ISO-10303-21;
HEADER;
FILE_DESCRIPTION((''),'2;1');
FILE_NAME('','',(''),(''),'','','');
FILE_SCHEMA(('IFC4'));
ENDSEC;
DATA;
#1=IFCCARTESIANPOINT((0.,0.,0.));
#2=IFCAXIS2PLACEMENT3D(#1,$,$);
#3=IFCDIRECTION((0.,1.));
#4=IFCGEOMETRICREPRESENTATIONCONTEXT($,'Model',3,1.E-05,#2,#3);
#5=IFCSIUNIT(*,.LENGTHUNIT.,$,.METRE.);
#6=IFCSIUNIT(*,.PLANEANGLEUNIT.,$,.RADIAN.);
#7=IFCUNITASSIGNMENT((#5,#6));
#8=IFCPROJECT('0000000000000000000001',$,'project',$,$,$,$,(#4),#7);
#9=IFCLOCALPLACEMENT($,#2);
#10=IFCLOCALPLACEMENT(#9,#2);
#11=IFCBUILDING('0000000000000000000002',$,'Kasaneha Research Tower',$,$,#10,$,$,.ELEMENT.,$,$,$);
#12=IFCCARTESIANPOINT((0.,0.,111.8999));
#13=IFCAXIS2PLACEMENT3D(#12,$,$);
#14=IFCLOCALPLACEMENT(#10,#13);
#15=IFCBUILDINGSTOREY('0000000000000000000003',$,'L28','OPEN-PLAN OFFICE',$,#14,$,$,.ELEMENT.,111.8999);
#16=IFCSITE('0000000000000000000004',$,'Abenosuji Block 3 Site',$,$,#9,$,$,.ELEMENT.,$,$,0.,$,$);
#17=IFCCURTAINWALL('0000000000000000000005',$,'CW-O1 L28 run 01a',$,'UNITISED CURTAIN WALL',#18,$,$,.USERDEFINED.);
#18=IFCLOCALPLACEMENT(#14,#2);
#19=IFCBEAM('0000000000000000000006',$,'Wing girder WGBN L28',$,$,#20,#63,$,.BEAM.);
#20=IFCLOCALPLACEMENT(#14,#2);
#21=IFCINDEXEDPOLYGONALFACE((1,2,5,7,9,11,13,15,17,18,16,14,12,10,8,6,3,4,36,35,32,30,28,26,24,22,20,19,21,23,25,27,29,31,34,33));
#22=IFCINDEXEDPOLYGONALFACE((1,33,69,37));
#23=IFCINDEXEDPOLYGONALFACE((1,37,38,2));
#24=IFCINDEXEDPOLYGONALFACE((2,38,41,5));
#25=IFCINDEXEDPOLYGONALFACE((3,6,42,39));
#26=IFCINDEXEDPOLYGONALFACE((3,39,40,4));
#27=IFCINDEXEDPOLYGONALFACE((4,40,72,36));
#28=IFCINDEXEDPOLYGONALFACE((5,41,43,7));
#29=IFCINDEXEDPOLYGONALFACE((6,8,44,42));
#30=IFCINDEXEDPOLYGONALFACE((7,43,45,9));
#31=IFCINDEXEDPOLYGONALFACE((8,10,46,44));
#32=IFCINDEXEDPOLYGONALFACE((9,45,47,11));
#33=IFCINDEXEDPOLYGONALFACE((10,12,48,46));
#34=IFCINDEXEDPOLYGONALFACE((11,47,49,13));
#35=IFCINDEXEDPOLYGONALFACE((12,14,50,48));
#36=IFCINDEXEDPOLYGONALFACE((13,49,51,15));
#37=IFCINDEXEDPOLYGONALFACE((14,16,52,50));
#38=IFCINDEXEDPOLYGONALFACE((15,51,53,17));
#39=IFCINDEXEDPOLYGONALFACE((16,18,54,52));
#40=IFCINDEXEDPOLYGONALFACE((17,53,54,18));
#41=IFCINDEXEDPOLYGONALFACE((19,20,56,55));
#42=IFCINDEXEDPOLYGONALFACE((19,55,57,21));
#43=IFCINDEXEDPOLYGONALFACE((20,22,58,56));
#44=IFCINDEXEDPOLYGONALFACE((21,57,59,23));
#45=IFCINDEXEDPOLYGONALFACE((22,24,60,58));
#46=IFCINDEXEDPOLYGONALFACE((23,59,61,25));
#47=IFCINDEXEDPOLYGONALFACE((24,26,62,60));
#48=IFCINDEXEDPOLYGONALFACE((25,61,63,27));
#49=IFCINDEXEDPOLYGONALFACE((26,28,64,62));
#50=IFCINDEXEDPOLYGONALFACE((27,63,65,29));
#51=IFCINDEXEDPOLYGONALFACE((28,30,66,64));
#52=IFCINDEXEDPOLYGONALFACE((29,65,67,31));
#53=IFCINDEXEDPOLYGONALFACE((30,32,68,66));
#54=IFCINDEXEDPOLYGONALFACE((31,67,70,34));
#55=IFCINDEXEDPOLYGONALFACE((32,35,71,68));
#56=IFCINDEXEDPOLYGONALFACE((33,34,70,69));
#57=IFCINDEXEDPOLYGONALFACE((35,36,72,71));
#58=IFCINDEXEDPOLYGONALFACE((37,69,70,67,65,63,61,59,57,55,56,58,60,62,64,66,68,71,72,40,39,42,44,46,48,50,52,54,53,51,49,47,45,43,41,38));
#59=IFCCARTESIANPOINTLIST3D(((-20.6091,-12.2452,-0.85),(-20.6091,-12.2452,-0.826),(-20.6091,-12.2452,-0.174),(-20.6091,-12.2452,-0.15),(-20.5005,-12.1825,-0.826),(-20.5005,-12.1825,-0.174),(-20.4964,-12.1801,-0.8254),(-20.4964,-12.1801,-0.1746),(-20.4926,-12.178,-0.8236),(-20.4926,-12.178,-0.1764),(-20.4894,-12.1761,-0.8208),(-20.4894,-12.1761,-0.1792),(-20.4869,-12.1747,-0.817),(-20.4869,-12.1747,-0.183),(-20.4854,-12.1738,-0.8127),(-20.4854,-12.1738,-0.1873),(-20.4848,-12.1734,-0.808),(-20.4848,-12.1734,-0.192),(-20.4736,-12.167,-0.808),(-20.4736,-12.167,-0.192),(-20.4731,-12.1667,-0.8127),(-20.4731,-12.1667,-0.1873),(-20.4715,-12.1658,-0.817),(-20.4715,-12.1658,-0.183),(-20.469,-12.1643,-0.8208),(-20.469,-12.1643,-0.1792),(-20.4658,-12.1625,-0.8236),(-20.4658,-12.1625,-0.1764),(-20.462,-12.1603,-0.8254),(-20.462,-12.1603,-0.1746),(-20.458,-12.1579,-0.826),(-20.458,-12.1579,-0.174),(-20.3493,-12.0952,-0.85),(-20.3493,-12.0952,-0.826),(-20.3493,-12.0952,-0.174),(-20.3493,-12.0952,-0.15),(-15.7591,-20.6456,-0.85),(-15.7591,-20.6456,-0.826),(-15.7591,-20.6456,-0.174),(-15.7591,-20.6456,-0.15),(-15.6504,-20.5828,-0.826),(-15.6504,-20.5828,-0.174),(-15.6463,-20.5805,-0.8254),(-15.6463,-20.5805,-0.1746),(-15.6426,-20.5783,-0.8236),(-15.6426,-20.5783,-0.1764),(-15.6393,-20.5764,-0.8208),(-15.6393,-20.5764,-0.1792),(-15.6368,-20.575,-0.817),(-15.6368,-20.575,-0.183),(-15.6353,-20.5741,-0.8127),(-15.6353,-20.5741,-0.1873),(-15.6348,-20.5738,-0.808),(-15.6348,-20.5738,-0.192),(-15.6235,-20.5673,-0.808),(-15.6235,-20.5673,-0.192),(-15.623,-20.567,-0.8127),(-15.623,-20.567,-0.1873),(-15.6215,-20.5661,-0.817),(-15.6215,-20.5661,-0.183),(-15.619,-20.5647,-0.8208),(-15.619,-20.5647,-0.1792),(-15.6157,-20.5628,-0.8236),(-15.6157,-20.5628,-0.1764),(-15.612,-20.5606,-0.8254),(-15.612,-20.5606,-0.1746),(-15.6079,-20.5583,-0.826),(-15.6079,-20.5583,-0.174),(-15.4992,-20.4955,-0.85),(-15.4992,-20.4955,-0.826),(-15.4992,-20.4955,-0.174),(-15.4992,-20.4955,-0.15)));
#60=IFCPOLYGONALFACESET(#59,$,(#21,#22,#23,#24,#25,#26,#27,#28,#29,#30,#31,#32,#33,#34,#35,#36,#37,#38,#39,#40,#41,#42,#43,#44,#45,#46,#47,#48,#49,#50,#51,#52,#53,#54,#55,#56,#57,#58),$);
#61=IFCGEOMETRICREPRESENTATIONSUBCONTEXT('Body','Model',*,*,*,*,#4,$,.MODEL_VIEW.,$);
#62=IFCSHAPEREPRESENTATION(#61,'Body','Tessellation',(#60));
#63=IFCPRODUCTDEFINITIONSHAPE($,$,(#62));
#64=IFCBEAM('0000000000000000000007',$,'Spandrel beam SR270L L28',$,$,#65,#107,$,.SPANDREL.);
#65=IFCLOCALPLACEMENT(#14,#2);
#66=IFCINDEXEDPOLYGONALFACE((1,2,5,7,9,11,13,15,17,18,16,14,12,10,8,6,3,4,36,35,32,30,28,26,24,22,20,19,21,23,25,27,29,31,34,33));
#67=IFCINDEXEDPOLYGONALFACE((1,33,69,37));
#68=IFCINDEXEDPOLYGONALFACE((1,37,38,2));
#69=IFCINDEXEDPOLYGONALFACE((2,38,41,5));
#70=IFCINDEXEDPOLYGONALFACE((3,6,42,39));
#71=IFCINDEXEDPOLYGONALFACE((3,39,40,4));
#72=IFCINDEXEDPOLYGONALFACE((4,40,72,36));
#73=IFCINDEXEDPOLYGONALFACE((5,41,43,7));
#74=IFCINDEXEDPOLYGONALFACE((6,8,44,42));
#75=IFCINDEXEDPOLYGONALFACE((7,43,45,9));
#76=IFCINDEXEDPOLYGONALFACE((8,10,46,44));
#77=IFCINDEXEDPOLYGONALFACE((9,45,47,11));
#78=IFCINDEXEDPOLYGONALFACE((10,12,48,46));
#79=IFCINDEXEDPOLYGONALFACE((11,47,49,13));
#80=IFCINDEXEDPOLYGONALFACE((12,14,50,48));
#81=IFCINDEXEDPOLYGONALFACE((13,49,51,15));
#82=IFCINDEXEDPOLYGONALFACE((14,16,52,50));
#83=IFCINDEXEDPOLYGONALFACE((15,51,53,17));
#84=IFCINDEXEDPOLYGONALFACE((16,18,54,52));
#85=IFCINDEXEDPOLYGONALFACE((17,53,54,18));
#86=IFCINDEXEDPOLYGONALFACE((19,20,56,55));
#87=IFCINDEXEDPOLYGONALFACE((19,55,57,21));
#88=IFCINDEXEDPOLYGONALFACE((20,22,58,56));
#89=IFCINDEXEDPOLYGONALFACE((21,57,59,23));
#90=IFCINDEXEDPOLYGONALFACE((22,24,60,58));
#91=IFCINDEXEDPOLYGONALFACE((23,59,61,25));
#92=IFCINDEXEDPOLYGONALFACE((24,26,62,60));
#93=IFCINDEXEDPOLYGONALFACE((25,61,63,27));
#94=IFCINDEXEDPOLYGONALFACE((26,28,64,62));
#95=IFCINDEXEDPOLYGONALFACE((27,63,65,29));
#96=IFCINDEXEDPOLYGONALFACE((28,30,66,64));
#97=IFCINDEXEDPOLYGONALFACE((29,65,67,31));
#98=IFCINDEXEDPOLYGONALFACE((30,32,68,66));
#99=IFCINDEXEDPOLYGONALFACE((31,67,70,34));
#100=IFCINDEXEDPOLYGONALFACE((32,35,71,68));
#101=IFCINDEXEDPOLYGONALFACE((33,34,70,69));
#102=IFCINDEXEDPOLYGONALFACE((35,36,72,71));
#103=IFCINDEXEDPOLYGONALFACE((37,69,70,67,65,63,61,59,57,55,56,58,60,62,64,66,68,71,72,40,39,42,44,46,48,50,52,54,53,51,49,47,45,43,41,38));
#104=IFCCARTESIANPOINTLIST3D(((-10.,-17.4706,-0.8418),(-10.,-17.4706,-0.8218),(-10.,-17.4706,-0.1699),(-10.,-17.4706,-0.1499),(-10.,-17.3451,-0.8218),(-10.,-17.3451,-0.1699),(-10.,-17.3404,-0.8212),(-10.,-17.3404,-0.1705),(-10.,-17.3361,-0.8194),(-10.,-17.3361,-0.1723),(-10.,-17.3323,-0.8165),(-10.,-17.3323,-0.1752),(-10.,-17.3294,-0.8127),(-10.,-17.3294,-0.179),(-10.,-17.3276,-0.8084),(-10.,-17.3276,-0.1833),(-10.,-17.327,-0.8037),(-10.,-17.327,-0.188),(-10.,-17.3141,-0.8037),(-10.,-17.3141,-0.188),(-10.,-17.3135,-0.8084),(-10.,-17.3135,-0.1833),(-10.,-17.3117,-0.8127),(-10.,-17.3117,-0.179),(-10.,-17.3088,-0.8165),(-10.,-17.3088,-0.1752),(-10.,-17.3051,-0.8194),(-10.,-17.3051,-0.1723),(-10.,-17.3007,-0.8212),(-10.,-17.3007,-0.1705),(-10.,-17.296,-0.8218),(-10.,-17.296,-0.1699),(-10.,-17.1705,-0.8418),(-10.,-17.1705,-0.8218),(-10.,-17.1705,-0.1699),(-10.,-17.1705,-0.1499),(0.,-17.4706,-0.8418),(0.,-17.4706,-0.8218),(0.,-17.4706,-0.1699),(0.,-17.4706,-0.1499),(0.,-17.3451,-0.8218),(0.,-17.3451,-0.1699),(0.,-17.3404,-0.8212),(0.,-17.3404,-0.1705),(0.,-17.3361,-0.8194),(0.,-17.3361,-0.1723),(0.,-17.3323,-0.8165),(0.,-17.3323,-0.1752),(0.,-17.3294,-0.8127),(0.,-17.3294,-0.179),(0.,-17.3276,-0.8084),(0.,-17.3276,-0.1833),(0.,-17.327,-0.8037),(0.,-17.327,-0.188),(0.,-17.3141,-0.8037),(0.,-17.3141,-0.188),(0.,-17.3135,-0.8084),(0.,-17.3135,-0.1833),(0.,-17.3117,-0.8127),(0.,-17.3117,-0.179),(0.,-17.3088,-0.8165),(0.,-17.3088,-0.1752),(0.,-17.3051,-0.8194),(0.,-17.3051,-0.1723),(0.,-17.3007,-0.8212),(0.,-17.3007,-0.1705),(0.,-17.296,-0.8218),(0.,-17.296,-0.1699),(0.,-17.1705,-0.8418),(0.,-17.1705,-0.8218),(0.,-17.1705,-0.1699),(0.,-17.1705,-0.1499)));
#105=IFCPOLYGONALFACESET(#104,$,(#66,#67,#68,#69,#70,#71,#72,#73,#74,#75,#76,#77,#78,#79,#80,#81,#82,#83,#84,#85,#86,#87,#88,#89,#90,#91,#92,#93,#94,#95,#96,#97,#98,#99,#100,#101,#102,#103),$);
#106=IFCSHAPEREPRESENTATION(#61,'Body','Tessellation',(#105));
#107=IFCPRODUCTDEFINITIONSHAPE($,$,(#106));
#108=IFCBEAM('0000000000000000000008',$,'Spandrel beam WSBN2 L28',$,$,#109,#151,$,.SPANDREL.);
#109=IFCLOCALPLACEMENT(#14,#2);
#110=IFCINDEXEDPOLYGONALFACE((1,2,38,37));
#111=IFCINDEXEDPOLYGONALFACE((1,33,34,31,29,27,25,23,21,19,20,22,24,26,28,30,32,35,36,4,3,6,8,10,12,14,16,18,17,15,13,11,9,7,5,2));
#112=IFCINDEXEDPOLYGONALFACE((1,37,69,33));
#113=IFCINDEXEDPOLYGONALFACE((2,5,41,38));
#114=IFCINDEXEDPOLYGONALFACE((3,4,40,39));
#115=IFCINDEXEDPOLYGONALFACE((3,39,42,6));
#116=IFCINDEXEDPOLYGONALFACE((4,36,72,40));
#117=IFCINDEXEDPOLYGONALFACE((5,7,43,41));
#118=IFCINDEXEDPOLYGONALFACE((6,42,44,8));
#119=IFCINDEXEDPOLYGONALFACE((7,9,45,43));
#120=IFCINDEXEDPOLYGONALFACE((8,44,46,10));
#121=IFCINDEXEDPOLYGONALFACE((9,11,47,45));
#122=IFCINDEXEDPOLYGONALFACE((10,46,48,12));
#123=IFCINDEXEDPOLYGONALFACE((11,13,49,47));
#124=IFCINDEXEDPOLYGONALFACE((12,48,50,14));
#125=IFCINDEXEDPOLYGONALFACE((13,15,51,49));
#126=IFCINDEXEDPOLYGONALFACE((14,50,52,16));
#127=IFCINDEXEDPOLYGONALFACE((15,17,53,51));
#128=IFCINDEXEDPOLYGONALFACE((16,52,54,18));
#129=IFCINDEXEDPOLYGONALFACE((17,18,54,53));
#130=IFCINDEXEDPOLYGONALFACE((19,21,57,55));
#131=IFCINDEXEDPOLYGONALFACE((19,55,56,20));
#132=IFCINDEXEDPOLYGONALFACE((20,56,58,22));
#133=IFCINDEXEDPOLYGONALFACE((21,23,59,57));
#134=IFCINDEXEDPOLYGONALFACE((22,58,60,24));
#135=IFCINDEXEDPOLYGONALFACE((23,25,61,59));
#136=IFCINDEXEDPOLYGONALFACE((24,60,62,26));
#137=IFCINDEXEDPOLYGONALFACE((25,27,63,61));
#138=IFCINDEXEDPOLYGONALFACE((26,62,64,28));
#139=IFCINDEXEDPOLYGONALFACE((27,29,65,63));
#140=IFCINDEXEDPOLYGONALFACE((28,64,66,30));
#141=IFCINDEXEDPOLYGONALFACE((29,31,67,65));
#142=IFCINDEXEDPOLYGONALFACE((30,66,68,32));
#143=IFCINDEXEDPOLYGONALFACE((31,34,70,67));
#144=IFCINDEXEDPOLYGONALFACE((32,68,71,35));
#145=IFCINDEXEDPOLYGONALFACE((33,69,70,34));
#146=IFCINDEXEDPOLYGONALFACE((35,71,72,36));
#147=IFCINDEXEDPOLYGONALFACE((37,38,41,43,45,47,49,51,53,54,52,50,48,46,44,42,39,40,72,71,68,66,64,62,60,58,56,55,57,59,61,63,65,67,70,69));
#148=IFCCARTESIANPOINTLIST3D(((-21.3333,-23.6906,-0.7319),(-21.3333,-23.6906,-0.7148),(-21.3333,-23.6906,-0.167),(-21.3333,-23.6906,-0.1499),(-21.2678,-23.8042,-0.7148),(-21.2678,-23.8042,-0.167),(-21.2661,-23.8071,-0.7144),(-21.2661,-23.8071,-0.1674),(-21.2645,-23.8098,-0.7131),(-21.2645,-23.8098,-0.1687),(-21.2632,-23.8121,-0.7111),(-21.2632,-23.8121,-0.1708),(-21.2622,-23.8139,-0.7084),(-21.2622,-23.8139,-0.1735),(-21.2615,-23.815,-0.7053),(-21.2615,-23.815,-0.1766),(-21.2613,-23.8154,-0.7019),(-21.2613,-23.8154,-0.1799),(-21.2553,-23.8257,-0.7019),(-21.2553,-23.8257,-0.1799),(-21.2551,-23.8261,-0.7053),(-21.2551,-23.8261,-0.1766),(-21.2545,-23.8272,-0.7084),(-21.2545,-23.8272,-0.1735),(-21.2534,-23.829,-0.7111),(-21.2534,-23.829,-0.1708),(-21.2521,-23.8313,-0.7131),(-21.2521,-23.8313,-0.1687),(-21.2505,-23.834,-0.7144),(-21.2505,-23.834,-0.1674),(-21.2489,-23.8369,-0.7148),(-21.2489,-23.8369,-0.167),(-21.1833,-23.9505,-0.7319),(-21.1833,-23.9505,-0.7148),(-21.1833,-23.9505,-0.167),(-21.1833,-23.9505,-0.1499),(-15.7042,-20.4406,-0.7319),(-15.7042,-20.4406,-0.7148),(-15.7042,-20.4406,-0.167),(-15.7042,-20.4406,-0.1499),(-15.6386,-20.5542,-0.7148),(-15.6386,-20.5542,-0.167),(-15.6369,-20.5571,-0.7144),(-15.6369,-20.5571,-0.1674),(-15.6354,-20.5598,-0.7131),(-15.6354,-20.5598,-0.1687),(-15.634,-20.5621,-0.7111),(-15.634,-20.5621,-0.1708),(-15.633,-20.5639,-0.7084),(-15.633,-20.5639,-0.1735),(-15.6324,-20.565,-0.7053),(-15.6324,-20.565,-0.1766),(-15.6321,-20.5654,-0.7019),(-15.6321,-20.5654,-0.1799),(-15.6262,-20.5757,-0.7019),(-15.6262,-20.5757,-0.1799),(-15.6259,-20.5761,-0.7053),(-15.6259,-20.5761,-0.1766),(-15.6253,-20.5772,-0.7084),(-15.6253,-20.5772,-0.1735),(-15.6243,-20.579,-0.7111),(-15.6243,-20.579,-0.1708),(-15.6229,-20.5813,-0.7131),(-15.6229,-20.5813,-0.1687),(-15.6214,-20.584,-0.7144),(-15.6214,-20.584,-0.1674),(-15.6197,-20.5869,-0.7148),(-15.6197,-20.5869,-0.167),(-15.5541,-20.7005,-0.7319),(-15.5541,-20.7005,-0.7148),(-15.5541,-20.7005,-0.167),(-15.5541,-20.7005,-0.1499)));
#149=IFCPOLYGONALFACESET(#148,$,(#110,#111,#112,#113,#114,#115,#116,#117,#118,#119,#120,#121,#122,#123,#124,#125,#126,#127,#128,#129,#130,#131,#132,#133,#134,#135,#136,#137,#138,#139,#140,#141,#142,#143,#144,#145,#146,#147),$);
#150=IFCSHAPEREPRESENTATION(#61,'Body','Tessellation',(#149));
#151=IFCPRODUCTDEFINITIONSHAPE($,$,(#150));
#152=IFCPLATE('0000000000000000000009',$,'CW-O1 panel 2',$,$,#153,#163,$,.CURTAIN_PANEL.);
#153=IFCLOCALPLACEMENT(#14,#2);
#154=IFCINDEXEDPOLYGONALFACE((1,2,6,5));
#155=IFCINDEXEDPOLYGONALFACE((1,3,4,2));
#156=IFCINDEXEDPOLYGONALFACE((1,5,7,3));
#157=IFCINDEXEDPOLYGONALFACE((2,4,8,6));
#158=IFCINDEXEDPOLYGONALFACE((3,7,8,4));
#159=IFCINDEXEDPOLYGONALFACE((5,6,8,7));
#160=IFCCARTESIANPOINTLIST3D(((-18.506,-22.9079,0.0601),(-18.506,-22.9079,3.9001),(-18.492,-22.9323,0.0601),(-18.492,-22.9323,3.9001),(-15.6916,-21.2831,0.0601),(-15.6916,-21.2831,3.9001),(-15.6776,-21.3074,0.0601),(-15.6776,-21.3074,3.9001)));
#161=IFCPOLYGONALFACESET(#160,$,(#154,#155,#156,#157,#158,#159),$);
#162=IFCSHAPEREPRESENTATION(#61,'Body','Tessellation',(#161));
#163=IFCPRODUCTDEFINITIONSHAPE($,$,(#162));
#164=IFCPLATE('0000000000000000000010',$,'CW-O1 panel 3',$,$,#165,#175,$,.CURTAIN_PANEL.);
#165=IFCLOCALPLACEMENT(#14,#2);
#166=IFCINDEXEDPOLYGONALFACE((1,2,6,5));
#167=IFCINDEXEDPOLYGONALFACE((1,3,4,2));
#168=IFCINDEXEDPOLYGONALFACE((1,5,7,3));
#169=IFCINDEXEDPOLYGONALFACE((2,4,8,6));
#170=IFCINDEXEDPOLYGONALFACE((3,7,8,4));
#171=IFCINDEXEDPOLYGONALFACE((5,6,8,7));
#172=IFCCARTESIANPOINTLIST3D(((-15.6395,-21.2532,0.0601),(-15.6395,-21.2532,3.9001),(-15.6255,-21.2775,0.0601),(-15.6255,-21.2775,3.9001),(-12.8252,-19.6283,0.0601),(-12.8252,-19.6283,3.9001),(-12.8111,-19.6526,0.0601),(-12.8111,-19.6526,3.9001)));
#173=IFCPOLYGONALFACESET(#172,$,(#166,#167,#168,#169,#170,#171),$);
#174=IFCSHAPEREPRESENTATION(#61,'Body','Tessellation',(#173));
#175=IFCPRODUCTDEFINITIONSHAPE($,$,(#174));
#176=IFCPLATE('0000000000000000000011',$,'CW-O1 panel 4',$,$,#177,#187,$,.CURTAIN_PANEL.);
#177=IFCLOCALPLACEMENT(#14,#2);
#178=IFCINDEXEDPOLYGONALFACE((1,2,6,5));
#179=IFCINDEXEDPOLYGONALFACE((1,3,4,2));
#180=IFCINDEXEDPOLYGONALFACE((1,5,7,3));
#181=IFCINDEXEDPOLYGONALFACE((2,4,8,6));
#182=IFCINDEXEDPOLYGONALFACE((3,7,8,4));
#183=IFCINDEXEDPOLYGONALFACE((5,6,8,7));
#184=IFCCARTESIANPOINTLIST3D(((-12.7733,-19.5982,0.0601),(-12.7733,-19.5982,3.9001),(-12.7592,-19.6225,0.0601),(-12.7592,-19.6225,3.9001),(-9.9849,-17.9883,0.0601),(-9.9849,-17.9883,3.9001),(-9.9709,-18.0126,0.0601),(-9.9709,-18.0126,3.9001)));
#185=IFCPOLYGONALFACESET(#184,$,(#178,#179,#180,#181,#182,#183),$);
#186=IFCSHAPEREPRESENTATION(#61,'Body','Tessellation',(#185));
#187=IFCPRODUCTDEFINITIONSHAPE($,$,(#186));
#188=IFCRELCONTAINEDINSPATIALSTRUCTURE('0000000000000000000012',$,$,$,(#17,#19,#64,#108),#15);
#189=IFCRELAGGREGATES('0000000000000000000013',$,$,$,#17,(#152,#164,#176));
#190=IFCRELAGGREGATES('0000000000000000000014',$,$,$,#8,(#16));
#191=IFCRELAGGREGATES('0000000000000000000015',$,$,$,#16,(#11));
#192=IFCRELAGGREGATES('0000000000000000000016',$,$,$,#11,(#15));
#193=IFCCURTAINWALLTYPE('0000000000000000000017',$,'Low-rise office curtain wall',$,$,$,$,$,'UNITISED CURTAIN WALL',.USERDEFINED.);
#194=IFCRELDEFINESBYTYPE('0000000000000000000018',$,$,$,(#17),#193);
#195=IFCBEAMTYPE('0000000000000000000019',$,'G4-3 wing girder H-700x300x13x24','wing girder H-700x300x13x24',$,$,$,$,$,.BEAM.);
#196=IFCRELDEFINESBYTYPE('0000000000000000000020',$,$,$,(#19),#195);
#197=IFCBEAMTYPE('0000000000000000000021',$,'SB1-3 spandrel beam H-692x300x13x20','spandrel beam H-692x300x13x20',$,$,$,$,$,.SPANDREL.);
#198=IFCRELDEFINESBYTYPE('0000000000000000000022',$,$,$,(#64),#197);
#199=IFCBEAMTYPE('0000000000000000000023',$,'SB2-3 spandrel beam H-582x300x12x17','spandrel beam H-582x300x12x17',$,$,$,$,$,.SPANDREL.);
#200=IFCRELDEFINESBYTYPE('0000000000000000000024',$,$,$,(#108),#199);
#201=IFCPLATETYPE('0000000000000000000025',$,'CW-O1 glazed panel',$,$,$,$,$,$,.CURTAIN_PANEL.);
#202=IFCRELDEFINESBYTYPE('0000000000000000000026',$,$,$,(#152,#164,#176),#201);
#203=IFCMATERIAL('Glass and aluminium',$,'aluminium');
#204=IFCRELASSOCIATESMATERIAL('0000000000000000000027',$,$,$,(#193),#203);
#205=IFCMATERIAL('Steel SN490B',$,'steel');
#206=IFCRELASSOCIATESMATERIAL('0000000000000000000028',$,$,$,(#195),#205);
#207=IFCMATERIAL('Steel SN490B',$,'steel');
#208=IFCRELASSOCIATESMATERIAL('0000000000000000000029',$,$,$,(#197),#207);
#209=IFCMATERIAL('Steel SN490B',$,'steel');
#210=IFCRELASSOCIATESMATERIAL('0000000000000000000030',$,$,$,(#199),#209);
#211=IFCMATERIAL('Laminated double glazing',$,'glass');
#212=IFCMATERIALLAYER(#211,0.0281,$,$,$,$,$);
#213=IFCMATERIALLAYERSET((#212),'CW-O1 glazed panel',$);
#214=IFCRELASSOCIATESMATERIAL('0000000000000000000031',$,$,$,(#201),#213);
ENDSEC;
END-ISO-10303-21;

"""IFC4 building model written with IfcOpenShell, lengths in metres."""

from ifc_helpers import new_model, si_unit, direction, frame, origin, origin_2d, place, context, subcontext, project, spatial, rectangle, i_section, extrude, material, layer, layer_set, material_profile, profile_set, type_object, element, aggregate, save


model = new_model("IFC4")

# Units and contexts
model_context = context("Model", 3, precision=1e-05, world=origin(), true_north=direction((0.0, 1.0)))
body_context = subcontext(model_context, "Body", "Model", "MODEL_VIEW")
ifc_project = project(units=[si_unit("LENGTHUNIT", "METRE"), si_unit("PLANEANGLEUNIT", "RADIAN")], contexts=[model_context])

# Site, building, storey
site_placement = place(None, origin())
site = spatial("IfcSite", under=ifc_project, at=site_placement, Name="Abenosuji Block 3 Site", CompositionType="ELEMENT", RefElevation=0.0)
building_placement = place(site_placement, origin())
building = spatial("IfcBuilding", under=site, at=building_placement, Name="Kasaneha Research Tower", CompositionType="ELEMENT")
storey_placement = place(building_placement, frame((0.0, 0.0, 111.8999)))
storey = spatial("IfcBuildingStorey", under=building, at=storey_placement, Name="L28", Description="OPEN-PLAN OFFICE", CompositionType="ELEMENT", Elevation=111.8999)

# Curtain wall
ifc_material_1 = material(Name="Glass and aluminium", Category="aluminium")
curtain_wall_type = type_object("IfcCurtainWallType", Name="Low-rise office curtain wall", ElementType="UNITISED CURTAIN WALL", PredefinedType="USERDEFINED", material=ifc_material_1)
curtain_wall_1_placement = place(storey_placement, origin())
curtain_wall_1 = element("IfcCurtainWall", 1, at=curtain_wall_1_placement, inside=storey, type_object=curtain_wall_type, Name="CW-O1 L28 run 01a", ObjectType="UNITISED CURTAIN WALL", PredefinedType="USERDEFINED")

# Beams
ifc_material_2 = material(Name="Steel SN490B", Category="steel")
ifc_material_profile_1 = material_profile(ifc_material_2, i_section(OverallWidth=0.3, OverallDepth=0.7, WebThickness=0.0129, FlangeThickness=0.0239, FilletRadius=0.0181, at=origin_2d()), Name="H-700x300x13x24")
ifc_profile_set_1 = profile_set([ifc_material_profile_1], Name="Steel SN490B")
beam_type_1 = type_object("IfcBeamType", Name="G4-3 wing girder H-700x300x13x24", Description="wing girder H-700x300x13x24", PredefinedType="BEAM", material=ifc_profile_set_1)
beam_1_placement = place(storey_placement, frame((-15.6292, -20.5706, -0.5), z_axis=(-0.50001, 0.86602, 0.0), x_axis=(-0.86602, -0.50001, 0.0)))
element("IfcBeam", 2, at=beam_1_placement, inside=storey, type_object=beam_type_1, Name="Wing girder WGBN L28", PredefinedType="BEAM", context=body_context, shape_type="SweptSolid", body=[
    extrude(i_section(OverallWidth=0.3, OverallDepth=0.7, WebThickness=0.0129, FlangeThickness=0.0239, FilletRadius=0.0181, at=origin_2d()), origin(), (0.0, 0.0, 1.0), 9.7),
])
ifc_material_3 = material(Name="Steel SN490B", Category="steel")
ifc_material_profile_2 = material_profile(ifc_material_3, i_section(OverallWidth=0.3, OverallDepth=0.6919, WebThickness=0.0129, FlangeThickness=0.02, FilletRadius=0.0181, at=origin_2d()), Name="H-692x300x13x20")
ifc_profile_set_2 = profile_set([ifc_material_profile_2], Name="Steel SN490B")
beam_type_2 = type_object("IfcBeamType", Name="SB1-3 spandrel beam H-692x300x13x20", Description="spandrel beam H-692x300x13x20", PredefinedType="SPANDREL", material=ifc_profile_set_2)
beam_2_placement = place(storey_placement, frame((-10.0, -17.3206, -0.4958), z_axis=(1.0, 0.0, 0.0), x_axis=(0.0, 1.0, 0.0)))
element("IfcBeam", 3, at=beam_2_placement, inside=storey, type_object=beam_type_2, Name="Spandrel beam SR270L L28", PredefinedType="SPANDREL", context=body_context, shape_type="SweptSolid", body=[
    extrude(i_section(OverallWidth=0.3, OverallDepth=0.6919, WebThickness=0.0129, FlangeThickness=0.02, FilletRadius=0.0181, at=origin_2d()), origin(), (0.0, 0.0, 1.0), 10.0),
])
ifc_material_4 = material(Name="Steel SN490B", Category="steel")
ifc_material_profile_3 = material_profile(ifc_material_4, i_section(OverallWidth=0.3, OverallDepth=0.582, WebThickness=0.012, FlangeThickness=0.0171, FilletRadius=0.0129, at=origin_2d()), Name="H-582x300x12x17")
ifc_profile_set_3 = profile_set([ifc_material_profile_3], Name="Steel SN490B")
beam_type_3 = type_object("IfcBeamType", Name="SB2-3 spandrel beam H-582x300x12x17", Description="spandrel beam H-582x300x12x17", PredefinedType="SPANDREL", material=ifc_profile_set_3)
beam_3_placement = place(storey_placement, frame((-15.6292, -20.5706, -0.4409), z_axis=(-0.866025, -0.500001, 0.0), x_axis=(0.500001, -0.866025, 0.0)))
element("IfcBeam", 4, at=beam_3_placement, inside=storey, type_object=beam_type_3, Name="Spandrel beam WSBN2 L28", PredefinedType="SPANDREL", context=body_context, shape_type="SweptSolid", body=[
    extrude(i_section(OverallWidth=0.3, OverallDepth=0.582, WebThickness=0.012, FlangeThickness=0.0171, FilletRadius=0.0129, at=origin_2d()), origin(), (0.0, 0.0, 1.0), 6.5),
])

# Plates
ifc_material_5 = material(Name="Laminated double glazing", Category="glass")
ifc_layer_1 = layer(ifc_material_5, 0.0281)
ifc_layer_set_1 = layer_set([ifc_layer_1], Name="CW-O1 glazed panel")
plate_type = type_object("IfcPlateType", Name="CW-O1 glazed panel", PredefinedType="CURTAIN_PANEL", material=ifc_layer_set_1)
plate_1_placement = place(storey_placement, frame((-17.0918, -22.1077, 0.0601), z_axis=(0.0, 0.0, 1.0), x_axis=(0.866025, 0.5, 0.0)))
plate_1 = element("IfcPlate", 5, at=plate_1_placement, type_object=plate_type, Name="CW-O1 panel 2", PredefinedType="CURTAIN_PANEL", context=body_context, shape_type="SweptSolid", body=[
    extrude(rectangle(XDim=3.2498, YDim=0.0281, at=origin_2d()), origin(), (0.0, 0.0, 1.0), 3.8401),
])
plate_2_placement = place(storey_placement, frame((-14.2253, -20.4529, 0.0601), z_axis=(0.0, 0.0, 1.0), x_axis=(0.866025, 0.5, 0.0)))
plate_2 = element("IfcPlate", 6, at=plate_2_placement, type_object=plate_type, Name="CW-O1 panel 3", PredefinedType="CURTAIN_PANEL", context=body_context, shape_type="SweptSolid", body=[
    extrude(rectangle(XDim=3.2498, YDim=0.0281, at=origin_2d()), origin(), (0.0, 0.0, 1.0), 3.8401),
])
plate_3_placement = place(storey_placement, frame((-11.3721, -18.8054, 0.0601), z_axis=(0.0, 0.0, 1.0), x_axis=(0.866025, 0.5, 0.0)))
plate_3 = element("IfcPlate", 7, at=plate_3_placement, type_object=plate_type, Name="CW-O1 panel 4", PredefinedType="CURTAIN_PANEL", context=body_context, shape_type="SweptSolid", body=[
    extrude(rectangle(XDim=3.2197, YDim=0.0281, at=origin_2d()), origin(), (0.0, 0.0, 1.0), 3.8401),
])
aggregate(curtain_wall_1, [plate_1, plate_2, plate_3])

save(model, "model.ifc")
